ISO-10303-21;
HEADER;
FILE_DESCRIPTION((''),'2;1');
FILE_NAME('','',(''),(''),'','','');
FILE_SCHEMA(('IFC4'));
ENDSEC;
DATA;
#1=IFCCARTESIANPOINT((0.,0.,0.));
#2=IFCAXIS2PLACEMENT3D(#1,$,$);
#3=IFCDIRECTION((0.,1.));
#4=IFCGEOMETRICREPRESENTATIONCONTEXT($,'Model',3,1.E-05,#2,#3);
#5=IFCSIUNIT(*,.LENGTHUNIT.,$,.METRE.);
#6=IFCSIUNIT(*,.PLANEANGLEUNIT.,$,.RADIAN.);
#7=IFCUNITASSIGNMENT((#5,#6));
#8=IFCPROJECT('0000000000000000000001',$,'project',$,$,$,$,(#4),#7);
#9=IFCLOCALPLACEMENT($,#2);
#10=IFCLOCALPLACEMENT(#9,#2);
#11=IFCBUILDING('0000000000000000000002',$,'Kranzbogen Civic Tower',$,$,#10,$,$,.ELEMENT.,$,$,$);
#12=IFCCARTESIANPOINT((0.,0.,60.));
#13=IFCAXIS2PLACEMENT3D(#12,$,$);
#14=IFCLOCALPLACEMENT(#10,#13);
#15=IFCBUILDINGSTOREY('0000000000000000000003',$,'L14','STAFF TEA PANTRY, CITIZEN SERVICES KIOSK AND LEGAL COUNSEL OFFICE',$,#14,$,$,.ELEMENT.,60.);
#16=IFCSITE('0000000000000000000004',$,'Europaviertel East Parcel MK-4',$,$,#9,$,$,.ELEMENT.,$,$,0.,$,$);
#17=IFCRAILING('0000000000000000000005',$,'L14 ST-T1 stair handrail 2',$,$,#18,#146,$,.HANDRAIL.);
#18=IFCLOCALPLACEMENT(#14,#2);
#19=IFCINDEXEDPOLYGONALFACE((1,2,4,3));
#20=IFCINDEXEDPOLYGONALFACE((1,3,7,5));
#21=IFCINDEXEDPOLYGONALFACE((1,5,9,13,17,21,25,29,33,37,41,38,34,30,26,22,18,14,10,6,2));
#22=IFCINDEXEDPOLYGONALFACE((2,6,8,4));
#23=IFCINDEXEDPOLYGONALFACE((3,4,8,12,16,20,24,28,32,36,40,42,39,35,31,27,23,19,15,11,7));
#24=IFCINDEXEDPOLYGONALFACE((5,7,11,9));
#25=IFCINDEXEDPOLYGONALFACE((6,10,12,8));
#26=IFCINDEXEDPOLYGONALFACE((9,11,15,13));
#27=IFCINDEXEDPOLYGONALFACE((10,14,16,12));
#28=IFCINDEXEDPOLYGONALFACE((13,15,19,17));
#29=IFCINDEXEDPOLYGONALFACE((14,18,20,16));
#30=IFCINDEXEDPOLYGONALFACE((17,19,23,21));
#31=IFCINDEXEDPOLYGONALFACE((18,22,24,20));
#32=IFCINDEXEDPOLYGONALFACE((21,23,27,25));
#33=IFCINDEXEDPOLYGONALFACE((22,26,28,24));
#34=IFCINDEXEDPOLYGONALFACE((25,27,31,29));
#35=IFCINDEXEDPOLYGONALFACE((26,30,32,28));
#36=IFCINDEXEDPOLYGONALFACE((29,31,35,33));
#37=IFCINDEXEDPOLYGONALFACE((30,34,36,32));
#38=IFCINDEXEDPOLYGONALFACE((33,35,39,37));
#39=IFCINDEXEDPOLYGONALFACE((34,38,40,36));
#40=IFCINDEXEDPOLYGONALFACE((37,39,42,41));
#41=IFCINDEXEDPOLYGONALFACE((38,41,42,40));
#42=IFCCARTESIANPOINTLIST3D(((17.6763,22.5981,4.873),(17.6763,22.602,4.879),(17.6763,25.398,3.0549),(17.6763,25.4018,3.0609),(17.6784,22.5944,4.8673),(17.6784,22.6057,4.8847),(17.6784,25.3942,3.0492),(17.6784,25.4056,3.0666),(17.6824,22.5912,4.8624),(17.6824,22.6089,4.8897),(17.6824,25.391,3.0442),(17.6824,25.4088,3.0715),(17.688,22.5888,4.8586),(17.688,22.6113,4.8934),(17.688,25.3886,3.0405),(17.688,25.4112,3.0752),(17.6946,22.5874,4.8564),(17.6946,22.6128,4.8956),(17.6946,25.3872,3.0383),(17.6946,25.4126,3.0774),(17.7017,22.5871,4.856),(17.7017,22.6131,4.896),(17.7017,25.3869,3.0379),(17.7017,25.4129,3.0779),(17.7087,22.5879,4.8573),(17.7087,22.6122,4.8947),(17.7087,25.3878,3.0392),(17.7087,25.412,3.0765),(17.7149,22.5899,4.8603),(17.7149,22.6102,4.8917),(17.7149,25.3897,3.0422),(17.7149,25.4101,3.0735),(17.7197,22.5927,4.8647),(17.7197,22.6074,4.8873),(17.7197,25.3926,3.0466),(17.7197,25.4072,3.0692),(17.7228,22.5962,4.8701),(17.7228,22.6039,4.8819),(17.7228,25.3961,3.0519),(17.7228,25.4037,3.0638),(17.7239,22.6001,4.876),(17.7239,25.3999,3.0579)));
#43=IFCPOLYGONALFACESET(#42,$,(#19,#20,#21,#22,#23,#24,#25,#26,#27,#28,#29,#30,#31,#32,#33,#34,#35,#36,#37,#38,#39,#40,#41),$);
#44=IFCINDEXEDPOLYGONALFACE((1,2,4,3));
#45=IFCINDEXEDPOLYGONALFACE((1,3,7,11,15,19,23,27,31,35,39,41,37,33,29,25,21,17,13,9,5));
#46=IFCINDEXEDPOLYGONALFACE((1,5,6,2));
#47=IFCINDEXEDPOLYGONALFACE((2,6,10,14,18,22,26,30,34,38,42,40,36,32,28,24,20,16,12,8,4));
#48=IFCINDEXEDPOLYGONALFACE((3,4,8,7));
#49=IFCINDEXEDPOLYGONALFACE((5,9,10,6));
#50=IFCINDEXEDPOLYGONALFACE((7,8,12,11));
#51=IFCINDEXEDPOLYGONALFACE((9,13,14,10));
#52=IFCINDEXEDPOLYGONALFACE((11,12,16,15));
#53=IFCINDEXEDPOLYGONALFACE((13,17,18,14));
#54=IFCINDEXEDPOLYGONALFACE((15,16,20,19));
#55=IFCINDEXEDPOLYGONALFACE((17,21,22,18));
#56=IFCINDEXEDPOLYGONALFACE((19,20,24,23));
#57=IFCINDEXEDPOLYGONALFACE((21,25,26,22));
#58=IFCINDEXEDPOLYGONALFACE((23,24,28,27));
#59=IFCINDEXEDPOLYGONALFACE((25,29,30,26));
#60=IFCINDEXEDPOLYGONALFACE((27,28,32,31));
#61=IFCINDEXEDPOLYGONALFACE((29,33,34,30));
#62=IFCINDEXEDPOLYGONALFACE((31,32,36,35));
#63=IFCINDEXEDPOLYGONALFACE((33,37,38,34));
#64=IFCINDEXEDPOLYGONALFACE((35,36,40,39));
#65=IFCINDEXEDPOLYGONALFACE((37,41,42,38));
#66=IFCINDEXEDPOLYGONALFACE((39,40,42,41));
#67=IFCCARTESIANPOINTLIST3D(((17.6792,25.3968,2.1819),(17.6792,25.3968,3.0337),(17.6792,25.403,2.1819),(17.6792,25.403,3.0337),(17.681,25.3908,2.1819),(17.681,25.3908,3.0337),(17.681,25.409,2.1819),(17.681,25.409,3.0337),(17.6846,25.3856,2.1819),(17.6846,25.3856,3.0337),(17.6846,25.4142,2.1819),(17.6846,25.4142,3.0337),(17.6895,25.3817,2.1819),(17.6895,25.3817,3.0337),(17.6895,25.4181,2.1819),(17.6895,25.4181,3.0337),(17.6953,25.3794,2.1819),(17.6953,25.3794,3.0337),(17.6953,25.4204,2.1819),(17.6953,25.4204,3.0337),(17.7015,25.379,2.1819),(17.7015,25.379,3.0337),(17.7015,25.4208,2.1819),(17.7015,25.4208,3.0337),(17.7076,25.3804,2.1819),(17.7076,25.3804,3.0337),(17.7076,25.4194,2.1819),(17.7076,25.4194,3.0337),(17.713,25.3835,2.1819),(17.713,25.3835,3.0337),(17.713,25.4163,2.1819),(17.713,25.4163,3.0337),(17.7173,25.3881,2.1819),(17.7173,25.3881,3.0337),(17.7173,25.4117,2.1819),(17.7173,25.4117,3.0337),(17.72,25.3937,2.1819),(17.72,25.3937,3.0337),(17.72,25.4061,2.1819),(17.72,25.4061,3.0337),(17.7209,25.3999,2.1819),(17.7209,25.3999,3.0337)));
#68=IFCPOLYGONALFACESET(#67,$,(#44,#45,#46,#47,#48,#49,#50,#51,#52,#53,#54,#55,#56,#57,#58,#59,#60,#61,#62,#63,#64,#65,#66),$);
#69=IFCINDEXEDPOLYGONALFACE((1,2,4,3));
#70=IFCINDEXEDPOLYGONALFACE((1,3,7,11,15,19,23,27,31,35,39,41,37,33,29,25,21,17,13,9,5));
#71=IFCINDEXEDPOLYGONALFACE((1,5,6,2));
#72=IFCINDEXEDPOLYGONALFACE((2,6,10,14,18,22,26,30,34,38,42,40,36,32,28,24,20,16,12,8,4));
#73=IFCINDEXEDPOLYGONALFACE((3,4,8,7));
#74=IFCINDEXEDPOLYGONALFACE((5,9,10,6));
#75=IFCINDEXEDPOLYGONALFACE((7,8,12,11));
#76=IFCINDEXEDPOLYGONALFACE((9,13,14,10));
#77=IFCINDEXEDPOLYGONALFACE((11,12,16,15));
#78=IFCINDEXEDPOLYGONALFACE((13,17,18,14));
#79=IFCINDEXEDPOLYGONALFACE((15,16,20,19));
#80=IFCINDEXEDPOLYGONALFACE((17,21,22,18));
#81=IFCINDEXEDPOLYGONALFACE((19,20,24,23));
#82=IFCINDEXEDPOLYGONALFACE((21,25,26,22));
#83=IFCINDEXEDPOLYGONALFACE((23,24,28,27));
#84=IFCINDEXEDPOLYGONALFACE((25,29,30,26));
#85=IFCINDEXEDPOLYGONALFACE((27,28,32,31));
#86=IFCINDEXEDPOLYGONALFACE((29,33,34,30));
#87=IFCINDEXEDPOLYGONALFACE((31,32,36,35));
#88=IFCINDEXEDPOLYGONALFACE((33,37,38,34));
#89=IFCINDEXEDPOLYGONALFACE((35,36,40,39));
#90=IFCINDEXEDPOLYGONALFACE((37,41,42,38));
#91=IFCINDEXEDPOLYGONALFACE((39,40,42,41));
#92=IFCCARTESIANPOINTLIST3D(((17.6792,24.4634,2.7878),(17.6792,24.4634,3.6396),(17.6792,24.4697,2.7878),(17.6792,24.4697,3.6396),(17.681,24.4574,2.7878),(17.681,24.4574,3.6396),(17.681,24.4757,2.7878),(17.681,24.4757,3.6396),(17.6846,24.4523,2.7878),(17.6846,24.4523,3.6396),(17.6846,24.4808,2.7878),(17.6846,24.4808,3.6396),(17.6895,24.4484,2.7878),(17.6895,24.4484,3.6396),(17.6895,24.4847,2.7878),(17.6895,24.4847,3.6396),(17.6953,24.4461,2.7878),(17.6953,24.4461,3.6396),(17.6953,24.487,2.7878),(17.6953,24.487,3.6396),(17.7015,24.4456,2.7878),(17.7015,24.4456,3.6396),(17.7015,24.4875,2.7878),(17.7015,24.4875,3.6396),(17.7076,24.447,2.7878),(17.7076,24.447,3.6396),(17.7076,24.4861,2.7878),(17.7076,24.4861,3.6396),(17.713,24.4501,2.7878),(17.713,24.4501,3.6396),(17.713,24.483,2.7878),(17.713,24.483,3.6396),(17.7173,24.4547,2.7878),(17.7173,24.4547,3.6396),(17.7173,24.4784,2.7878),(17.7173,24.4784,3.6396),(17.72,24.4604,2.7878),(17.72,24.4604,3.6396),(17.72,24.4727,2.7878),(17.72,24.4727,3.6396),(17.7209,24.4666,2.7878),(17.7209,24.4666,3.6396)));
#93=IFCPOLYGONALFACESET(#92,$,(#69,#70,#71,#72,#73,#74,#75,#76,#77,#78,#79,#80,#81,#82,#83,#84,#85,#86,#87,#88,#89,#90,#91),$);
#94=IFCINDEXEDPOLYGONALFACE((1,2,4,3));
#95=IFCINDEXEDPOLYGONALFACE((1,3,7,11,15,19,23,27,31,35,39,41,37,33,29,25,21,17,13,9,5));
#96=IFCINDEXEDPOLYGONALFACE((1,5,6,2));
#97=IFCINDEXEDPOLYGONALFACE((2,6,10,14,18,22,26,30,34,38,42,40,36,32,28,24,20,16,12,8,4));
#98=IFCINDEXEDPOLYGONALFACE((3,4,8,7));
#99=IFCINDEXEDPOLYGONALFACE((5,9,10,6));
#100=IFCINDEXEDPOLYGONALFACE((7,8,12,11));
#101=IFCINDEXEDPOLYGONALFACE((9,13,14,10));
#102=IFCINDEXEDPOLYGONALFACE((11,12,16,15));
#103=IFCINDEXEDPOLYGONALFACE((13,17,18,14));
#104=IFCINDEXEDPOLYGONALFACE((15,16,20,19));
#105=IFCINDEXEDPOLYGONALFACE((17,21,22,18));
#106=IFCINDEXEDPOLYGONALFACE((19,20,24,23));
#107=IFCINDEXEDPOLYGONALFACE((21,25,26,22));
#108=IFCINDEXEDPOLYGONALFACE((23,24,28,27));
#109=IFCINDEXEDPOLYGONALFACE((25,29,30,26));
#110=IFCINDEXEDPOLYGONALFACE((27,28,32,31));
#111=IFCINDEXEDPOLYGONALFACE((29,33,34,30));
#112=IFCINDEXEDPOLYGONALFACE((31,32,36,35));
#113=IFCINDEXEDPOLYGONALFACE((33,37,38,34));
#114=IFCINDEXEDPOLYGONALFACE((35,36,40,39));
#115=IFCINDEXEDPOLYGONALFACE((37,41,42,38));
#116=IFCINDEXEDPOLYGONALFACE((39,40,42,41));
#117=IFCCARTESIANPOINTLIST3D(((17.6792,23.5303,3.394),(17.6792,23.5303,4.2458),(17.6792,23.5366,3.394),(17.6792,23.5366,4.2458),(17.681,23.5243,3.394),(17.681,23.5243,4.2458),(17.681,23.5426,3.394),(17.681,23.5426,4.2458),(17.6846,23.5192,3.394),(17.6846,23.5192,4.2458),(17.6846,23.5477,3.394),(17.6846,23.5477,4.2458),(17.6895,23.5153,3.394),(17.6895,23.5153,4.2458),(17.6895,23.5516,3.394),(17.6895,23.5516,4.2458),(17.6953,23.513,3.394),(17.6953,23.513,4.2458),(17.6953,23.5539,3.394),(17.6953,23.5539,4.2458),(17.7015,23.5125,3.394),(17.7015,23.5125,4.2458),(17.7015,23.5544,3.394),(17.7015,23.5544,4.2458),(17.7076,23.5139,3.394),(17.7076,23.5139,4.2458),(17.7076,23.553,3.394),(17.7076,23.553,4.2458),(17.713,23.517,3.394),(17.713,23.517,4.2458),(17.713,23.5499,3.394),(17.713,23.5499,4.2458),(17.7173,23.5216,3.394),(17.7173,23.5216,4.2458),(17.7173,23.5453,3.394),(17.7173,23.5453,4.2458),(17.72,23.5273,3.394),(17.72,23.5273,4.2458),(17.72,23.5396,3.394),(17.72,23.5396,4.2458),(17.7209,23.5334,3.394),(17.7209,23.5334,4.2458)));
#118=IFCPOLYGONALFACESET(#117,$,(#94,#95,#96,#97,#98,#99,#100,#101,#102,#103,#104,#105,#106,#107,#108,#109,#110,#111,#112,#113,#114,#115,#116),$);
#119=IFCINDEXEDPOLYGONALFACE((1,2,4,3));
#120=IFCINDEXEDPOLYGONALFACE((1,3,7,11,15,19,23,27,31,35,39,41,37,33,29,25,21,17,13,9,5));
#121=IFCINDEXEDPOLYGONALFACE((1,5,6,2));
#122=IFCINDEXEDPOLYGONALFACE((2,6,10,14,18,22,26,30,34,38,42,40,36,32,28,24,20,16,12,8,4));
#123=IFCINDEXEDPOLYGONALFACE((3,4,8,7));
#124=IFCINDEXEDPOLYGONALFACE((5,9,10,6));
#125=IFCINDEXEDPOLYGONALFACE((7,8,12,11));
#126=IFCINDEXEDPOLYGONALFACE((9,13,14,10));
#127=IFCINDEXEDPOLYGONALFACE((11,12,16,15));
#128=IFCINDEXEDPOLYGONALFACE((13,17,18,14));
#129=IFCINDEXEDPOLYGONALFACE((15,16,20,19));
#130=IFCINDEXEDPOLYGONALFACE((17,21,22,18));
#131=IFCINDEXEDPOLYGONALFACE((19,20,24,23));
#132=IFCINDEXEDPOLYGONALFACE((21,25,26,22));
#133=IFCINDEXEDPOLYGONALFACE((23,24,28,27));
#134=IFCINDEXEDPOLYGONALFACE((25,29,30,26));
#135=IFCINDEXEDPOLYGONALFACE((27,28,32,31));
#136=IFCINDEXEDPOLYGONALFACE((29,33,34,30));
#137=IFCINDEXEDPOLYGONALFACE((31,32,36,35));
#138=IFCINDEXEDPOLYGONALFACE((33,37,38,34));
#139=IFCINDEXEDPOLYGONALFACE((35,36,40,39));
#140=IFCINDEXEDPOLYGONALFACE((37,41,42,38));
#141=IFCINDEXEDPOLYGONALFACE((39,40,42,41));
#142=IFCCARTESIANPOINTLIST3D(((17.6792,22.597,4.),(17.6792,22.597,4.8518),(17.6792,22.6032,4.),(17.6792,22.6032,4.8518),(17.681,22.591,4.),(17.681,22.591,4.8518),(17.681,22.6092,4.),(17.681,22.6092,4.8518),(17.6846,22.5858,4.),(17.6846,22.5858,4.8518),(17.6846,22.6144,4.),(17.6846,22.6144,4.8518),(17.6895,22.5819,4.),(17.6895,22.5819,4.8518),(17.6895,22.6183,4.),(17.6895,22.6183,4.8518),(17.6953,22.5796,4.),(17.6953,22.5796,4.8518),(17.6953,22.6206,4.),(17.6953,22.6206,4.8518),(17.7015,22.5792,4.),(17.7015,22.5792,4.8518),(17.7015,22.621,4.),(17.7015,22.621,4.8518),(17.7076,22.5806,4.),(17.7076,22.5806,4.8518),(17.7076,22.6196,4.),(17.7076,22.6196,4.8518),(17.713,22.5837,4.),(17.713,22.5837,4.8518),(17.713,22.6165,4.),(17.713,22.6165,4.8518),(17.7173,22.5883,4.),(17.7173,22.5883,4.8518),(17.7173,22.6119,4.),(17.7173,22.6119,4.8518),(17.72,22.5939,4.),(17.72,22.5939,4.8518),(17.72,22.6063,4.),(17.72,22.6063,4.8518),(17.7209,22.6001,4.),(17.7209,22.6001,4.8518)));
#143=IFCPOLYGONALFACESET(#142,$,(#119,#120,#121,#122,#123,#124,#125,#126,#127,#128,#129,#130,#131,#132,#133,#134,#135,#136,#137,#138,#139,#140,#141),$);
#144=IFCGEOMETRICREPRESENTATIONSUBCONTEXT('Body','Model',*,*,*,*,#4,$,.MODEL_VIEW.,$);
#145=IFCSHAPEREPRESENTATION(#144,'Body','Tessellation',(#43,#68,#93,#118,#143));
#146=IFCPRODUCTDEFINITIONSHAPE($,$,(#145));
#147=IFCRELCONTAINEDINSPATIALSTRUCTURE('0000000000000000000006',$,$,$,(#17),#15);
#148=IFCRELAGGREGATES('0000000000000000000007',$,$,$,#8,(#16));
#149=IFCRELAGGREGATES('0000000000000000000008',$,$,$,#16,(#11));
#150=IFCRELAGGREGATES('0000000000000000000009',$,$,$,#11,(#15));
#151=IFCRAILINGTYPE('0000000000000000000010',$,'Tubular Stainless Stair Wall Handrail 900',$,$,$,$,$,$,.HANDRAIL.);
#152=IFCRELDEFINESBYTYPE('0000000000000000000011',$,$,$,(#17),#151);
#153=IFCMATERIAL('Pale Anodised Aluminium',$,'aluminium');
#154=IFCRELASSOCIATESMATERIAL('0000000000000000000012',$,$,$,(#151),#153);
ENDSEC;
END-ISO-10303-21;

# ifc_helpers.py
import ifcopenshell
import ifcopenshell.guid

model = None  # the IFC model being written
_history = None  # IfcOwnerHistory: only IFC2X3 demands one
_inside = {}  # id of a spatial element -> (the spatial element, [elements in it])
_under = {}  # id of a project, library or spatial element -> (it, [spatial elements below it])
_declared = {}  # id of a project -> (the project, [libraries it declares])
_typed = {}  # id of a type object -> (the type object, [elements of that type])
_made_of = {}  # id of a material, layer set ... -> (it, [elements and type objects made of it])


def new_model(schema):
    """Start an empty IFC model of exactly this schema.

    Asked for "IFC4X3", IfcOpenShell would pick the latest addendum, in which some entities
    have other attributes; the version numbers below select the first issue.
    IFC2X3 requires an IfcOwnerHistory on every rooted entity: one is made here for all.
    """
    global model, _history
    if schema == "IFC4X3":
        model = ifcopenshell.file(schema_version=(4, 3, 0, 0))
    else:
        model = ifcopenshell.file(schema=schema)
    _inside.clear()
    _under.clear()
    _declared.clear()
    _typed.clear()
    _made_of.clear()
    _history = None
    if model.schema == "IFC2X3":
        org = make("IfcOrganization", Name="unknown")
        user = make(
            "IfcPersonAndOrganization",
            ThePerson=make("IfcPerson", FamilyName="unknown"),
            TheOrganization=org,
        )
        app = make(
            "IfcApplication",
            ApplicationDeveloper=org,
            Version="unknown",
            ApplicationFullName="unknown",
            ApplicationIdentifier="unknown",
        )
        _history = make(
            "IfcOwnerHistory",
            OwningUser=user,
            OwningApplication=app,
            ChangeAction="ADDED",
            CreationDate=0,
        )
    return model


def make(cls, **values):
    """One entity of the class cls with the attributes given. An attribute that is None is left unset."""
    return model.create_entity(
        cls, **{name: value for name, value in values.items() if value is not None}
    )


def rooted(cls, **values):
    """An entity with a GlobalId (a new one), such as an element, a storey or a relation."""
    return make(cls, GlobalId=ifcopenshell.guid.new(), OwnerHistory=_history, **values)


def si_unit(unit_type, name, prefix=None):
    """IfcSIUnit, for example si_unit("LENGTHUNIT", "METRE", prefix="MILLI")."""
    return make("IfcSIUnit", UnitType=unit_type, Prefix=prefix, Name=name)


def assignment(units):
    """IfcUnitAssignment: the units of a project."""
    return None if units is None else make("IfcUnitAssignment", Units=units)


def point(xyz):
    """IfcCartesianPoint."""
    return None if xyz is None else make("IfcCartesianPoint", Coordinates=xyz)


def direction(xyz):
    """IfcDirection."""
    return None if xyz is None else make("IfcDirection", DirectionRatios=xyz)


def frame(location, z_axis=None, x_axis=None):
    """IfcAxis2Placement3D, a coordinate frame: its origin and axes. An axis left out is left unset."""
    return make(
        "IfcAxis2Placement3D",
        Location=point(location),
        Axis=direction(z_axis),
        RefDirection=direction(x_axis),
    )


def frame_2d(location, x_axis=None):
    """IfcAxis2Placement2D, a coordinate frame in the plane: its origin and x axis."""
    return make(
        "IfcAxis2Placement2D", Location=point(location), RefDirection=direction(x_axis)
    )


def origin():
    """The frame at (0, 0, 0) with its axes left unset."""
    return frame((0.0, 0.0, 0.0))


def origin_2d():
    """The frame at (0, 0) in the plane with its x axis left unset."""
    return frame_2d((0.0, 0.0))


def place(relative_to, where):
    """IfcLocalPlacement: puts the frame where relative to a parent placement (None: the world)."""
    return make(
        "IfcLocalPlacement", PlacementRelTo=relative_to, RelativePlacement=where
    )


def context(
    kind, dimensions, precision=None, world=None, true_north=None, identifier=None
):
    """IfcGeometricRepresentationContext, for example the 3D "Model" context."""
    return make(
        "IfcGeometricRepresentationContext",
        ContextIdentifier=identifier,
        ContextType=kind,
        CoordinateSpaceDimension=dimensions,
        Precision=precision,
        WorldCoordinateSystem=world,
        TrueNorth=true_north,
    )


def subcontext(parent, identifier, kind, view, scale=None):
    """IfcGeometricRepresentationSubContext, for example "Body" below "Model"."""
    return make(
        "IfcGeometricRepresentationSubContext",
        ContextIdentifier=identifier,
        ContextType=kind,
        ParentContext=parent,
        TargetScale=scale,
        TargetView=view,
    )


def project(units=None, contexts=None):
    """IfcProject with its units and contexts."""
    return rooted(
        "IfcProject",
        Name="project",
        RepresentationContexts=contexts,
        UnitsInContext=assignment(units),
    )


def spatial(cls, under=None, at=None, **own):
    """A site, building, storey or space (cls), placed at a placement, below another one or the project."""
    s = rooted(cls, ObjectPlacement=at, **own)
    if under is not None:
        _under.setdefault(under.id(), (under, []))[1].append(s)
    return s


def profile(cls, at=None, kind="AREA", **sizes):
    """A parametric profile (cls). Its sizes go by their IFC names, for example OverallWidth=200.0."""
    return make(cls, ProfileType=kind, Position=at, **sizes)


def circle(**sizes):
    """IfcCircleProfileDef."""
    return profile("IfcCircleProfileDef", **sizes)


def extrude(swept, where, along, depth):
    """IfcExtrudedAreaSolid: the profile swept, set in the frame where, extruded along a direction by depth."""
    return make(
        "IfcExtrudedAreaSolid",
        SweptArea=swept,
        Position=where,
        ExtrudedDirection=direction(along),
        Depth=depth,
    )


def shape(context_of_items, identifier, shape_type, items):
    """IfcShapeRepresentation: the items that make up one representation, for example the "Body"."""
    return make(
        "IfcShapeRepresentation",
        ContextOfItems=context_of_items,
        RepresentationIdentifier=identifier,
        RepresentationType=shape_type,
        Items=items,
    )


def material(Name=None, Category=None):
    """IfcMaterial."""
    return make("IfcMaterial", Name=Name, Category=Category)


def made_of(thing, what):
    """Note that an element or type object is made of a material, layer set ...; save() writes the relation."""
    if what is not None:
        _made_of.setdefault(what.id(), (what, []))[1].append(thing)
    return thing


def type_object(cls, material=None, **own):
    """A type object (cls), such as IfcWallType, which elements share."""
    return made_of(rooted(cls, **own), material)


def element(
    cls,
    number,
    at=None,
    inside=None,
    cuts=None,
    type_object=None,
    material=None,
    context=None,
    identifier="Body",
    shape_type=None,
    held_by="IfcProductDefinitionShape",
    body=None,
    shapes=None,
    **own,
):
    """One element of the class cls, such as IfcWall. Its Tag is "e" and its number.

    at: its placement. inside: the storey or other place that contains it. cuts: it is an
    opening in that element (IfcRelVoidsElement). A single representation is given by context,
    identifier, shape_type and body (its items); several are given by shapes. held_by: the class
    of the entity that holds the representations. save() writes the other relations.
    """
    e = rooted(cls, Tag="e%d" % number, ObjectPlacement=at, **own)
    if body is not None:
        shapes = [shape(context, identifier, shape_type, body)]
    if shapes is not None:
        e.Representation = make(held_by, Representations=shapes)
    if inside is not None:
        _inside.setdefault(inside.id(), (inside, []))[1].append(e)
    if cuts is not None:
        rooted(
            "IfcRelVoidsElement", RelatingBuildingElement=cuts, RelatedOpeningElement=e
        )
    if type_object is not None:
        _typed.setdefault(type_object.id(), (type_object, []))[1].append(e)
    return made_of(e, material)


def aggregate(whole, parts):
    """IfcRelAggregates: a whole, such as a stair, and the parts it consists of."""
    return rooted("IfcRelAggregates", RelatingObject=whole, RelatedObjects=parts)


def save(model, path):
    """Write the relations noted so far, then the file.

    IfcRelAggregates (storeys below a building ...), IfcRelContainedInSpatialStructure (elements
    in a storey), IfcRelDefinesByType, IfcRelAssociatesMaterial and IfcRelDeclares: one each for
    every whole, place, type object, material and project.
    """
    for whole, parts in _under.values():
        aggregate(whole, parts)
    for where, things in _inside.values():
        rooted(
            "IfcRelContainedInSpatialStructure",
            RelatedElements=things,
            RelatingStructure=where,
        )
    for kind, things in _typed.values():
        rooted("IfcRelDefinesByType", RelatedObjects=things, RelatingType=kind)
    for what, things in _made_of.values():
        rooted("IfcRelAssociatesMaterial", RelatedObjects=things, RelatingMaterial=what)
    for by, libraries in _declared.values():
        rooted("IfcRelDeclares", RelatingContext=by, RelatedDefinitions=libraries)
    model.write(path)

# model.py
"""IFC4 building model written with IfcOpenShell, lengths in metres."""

from ifc_helpers import new_model, si_unit, direction, frame, origin, origin_2d, place, context, subcontext, project, spatial, circle, extrude, material, type_object, element, save


model = new_model("IFC4")

# Units and contexts
model_context = context("Model", 3, precision=1e-05, world=origin(), true_north=direction((0.0, 1.0)))
body_context = subcontext(model_context, "Body", "Model", "MODEL_VIEW")
ifc_project = project(units=[si_unit("LENGTHUNIT", "METRE"), si_unit("PLANEANGLEUNIT", "RADIAN")], contexts=[model_context])

# Site, building, storey
site_placement = place(None, origin())
site = spatial("IfcSite", under=ifc_project, at=site_placement, Name="Europaviertel East Parcel MK-4", CompositionType="ELEMENT", RefElevation=0.0)
building_placement = place(site_placement, origin())
building = spatial("IfcBuilding", under=site, at=building_placement, Name="Kranzbogen Civic Tower", CompositionType="ELEMENT")
storey_placement = place(building_placement, frame((0.0, 0.0, 60.0)))
storey = spatial("IfcBuildingStorey", under=building, at=storey_placement, Name="L14", Description="STAFF TEA PANTRY, CITIZEN SERVICES KIOSK AND LEGAL COUNSEL OFFICE", CompositionType="ELEMENT", Elevation=60.0)

# Shared definitions
ifc_material_1 = material(Name="Pale Anodised Aluminium", Category="aluminium")

# Railing
railing_type_1 = type_object("IfcRailingType", Name="Tubular Stainless Stair Wall Handrail 900", PredefinedType="HANDRAIL", material=ifc_material_1)
railing_1_placement = place(storey_placement, frame((17.7, 25.3999, 2.1819)))
element("IfcRailing", 1, at=railing_1_placement, inside=storey, type_object=railing_type_1, Name="L14 ST-T1 stair handrail 2", PredefinedType="HANDRAIL", context=body_context, shape_type="SweptSolid", body=[
    extrude(circle(Radius=0.0239, at=origin_2d()), frame((0.0, 0.0, 0.876), z_axis=(0.0, -0.838684, 0.544618), x_axis=(1.0, 0.0, 0.0)), (0.0, 0.0, 1.0), 3.3384),
    extrude(circle(Radius=0.021, at=origin_2d()), origin(), (0.0, 0.0, 1.0), 0.8518),
    extrude(circle(Radius=0.021, at=origin_2d()), frame((0.0, -0.9333, 0.606)), (0.0, 0.0, 1.0), 0.8518),
    extrude(circle(Radius=0.021, at=origin_2d()), frame((0.0, -1.8665, 1.2122)), (0.0, 0.0, 1.0), 0.8518),
    extrude(circle(Radius=0.021, at=origin_2d()), frame((0.0, -2.7998, 1.8181)), (0.0, 0.0, 1.0), 0.8518),
])

save(model, "model.ifc")
